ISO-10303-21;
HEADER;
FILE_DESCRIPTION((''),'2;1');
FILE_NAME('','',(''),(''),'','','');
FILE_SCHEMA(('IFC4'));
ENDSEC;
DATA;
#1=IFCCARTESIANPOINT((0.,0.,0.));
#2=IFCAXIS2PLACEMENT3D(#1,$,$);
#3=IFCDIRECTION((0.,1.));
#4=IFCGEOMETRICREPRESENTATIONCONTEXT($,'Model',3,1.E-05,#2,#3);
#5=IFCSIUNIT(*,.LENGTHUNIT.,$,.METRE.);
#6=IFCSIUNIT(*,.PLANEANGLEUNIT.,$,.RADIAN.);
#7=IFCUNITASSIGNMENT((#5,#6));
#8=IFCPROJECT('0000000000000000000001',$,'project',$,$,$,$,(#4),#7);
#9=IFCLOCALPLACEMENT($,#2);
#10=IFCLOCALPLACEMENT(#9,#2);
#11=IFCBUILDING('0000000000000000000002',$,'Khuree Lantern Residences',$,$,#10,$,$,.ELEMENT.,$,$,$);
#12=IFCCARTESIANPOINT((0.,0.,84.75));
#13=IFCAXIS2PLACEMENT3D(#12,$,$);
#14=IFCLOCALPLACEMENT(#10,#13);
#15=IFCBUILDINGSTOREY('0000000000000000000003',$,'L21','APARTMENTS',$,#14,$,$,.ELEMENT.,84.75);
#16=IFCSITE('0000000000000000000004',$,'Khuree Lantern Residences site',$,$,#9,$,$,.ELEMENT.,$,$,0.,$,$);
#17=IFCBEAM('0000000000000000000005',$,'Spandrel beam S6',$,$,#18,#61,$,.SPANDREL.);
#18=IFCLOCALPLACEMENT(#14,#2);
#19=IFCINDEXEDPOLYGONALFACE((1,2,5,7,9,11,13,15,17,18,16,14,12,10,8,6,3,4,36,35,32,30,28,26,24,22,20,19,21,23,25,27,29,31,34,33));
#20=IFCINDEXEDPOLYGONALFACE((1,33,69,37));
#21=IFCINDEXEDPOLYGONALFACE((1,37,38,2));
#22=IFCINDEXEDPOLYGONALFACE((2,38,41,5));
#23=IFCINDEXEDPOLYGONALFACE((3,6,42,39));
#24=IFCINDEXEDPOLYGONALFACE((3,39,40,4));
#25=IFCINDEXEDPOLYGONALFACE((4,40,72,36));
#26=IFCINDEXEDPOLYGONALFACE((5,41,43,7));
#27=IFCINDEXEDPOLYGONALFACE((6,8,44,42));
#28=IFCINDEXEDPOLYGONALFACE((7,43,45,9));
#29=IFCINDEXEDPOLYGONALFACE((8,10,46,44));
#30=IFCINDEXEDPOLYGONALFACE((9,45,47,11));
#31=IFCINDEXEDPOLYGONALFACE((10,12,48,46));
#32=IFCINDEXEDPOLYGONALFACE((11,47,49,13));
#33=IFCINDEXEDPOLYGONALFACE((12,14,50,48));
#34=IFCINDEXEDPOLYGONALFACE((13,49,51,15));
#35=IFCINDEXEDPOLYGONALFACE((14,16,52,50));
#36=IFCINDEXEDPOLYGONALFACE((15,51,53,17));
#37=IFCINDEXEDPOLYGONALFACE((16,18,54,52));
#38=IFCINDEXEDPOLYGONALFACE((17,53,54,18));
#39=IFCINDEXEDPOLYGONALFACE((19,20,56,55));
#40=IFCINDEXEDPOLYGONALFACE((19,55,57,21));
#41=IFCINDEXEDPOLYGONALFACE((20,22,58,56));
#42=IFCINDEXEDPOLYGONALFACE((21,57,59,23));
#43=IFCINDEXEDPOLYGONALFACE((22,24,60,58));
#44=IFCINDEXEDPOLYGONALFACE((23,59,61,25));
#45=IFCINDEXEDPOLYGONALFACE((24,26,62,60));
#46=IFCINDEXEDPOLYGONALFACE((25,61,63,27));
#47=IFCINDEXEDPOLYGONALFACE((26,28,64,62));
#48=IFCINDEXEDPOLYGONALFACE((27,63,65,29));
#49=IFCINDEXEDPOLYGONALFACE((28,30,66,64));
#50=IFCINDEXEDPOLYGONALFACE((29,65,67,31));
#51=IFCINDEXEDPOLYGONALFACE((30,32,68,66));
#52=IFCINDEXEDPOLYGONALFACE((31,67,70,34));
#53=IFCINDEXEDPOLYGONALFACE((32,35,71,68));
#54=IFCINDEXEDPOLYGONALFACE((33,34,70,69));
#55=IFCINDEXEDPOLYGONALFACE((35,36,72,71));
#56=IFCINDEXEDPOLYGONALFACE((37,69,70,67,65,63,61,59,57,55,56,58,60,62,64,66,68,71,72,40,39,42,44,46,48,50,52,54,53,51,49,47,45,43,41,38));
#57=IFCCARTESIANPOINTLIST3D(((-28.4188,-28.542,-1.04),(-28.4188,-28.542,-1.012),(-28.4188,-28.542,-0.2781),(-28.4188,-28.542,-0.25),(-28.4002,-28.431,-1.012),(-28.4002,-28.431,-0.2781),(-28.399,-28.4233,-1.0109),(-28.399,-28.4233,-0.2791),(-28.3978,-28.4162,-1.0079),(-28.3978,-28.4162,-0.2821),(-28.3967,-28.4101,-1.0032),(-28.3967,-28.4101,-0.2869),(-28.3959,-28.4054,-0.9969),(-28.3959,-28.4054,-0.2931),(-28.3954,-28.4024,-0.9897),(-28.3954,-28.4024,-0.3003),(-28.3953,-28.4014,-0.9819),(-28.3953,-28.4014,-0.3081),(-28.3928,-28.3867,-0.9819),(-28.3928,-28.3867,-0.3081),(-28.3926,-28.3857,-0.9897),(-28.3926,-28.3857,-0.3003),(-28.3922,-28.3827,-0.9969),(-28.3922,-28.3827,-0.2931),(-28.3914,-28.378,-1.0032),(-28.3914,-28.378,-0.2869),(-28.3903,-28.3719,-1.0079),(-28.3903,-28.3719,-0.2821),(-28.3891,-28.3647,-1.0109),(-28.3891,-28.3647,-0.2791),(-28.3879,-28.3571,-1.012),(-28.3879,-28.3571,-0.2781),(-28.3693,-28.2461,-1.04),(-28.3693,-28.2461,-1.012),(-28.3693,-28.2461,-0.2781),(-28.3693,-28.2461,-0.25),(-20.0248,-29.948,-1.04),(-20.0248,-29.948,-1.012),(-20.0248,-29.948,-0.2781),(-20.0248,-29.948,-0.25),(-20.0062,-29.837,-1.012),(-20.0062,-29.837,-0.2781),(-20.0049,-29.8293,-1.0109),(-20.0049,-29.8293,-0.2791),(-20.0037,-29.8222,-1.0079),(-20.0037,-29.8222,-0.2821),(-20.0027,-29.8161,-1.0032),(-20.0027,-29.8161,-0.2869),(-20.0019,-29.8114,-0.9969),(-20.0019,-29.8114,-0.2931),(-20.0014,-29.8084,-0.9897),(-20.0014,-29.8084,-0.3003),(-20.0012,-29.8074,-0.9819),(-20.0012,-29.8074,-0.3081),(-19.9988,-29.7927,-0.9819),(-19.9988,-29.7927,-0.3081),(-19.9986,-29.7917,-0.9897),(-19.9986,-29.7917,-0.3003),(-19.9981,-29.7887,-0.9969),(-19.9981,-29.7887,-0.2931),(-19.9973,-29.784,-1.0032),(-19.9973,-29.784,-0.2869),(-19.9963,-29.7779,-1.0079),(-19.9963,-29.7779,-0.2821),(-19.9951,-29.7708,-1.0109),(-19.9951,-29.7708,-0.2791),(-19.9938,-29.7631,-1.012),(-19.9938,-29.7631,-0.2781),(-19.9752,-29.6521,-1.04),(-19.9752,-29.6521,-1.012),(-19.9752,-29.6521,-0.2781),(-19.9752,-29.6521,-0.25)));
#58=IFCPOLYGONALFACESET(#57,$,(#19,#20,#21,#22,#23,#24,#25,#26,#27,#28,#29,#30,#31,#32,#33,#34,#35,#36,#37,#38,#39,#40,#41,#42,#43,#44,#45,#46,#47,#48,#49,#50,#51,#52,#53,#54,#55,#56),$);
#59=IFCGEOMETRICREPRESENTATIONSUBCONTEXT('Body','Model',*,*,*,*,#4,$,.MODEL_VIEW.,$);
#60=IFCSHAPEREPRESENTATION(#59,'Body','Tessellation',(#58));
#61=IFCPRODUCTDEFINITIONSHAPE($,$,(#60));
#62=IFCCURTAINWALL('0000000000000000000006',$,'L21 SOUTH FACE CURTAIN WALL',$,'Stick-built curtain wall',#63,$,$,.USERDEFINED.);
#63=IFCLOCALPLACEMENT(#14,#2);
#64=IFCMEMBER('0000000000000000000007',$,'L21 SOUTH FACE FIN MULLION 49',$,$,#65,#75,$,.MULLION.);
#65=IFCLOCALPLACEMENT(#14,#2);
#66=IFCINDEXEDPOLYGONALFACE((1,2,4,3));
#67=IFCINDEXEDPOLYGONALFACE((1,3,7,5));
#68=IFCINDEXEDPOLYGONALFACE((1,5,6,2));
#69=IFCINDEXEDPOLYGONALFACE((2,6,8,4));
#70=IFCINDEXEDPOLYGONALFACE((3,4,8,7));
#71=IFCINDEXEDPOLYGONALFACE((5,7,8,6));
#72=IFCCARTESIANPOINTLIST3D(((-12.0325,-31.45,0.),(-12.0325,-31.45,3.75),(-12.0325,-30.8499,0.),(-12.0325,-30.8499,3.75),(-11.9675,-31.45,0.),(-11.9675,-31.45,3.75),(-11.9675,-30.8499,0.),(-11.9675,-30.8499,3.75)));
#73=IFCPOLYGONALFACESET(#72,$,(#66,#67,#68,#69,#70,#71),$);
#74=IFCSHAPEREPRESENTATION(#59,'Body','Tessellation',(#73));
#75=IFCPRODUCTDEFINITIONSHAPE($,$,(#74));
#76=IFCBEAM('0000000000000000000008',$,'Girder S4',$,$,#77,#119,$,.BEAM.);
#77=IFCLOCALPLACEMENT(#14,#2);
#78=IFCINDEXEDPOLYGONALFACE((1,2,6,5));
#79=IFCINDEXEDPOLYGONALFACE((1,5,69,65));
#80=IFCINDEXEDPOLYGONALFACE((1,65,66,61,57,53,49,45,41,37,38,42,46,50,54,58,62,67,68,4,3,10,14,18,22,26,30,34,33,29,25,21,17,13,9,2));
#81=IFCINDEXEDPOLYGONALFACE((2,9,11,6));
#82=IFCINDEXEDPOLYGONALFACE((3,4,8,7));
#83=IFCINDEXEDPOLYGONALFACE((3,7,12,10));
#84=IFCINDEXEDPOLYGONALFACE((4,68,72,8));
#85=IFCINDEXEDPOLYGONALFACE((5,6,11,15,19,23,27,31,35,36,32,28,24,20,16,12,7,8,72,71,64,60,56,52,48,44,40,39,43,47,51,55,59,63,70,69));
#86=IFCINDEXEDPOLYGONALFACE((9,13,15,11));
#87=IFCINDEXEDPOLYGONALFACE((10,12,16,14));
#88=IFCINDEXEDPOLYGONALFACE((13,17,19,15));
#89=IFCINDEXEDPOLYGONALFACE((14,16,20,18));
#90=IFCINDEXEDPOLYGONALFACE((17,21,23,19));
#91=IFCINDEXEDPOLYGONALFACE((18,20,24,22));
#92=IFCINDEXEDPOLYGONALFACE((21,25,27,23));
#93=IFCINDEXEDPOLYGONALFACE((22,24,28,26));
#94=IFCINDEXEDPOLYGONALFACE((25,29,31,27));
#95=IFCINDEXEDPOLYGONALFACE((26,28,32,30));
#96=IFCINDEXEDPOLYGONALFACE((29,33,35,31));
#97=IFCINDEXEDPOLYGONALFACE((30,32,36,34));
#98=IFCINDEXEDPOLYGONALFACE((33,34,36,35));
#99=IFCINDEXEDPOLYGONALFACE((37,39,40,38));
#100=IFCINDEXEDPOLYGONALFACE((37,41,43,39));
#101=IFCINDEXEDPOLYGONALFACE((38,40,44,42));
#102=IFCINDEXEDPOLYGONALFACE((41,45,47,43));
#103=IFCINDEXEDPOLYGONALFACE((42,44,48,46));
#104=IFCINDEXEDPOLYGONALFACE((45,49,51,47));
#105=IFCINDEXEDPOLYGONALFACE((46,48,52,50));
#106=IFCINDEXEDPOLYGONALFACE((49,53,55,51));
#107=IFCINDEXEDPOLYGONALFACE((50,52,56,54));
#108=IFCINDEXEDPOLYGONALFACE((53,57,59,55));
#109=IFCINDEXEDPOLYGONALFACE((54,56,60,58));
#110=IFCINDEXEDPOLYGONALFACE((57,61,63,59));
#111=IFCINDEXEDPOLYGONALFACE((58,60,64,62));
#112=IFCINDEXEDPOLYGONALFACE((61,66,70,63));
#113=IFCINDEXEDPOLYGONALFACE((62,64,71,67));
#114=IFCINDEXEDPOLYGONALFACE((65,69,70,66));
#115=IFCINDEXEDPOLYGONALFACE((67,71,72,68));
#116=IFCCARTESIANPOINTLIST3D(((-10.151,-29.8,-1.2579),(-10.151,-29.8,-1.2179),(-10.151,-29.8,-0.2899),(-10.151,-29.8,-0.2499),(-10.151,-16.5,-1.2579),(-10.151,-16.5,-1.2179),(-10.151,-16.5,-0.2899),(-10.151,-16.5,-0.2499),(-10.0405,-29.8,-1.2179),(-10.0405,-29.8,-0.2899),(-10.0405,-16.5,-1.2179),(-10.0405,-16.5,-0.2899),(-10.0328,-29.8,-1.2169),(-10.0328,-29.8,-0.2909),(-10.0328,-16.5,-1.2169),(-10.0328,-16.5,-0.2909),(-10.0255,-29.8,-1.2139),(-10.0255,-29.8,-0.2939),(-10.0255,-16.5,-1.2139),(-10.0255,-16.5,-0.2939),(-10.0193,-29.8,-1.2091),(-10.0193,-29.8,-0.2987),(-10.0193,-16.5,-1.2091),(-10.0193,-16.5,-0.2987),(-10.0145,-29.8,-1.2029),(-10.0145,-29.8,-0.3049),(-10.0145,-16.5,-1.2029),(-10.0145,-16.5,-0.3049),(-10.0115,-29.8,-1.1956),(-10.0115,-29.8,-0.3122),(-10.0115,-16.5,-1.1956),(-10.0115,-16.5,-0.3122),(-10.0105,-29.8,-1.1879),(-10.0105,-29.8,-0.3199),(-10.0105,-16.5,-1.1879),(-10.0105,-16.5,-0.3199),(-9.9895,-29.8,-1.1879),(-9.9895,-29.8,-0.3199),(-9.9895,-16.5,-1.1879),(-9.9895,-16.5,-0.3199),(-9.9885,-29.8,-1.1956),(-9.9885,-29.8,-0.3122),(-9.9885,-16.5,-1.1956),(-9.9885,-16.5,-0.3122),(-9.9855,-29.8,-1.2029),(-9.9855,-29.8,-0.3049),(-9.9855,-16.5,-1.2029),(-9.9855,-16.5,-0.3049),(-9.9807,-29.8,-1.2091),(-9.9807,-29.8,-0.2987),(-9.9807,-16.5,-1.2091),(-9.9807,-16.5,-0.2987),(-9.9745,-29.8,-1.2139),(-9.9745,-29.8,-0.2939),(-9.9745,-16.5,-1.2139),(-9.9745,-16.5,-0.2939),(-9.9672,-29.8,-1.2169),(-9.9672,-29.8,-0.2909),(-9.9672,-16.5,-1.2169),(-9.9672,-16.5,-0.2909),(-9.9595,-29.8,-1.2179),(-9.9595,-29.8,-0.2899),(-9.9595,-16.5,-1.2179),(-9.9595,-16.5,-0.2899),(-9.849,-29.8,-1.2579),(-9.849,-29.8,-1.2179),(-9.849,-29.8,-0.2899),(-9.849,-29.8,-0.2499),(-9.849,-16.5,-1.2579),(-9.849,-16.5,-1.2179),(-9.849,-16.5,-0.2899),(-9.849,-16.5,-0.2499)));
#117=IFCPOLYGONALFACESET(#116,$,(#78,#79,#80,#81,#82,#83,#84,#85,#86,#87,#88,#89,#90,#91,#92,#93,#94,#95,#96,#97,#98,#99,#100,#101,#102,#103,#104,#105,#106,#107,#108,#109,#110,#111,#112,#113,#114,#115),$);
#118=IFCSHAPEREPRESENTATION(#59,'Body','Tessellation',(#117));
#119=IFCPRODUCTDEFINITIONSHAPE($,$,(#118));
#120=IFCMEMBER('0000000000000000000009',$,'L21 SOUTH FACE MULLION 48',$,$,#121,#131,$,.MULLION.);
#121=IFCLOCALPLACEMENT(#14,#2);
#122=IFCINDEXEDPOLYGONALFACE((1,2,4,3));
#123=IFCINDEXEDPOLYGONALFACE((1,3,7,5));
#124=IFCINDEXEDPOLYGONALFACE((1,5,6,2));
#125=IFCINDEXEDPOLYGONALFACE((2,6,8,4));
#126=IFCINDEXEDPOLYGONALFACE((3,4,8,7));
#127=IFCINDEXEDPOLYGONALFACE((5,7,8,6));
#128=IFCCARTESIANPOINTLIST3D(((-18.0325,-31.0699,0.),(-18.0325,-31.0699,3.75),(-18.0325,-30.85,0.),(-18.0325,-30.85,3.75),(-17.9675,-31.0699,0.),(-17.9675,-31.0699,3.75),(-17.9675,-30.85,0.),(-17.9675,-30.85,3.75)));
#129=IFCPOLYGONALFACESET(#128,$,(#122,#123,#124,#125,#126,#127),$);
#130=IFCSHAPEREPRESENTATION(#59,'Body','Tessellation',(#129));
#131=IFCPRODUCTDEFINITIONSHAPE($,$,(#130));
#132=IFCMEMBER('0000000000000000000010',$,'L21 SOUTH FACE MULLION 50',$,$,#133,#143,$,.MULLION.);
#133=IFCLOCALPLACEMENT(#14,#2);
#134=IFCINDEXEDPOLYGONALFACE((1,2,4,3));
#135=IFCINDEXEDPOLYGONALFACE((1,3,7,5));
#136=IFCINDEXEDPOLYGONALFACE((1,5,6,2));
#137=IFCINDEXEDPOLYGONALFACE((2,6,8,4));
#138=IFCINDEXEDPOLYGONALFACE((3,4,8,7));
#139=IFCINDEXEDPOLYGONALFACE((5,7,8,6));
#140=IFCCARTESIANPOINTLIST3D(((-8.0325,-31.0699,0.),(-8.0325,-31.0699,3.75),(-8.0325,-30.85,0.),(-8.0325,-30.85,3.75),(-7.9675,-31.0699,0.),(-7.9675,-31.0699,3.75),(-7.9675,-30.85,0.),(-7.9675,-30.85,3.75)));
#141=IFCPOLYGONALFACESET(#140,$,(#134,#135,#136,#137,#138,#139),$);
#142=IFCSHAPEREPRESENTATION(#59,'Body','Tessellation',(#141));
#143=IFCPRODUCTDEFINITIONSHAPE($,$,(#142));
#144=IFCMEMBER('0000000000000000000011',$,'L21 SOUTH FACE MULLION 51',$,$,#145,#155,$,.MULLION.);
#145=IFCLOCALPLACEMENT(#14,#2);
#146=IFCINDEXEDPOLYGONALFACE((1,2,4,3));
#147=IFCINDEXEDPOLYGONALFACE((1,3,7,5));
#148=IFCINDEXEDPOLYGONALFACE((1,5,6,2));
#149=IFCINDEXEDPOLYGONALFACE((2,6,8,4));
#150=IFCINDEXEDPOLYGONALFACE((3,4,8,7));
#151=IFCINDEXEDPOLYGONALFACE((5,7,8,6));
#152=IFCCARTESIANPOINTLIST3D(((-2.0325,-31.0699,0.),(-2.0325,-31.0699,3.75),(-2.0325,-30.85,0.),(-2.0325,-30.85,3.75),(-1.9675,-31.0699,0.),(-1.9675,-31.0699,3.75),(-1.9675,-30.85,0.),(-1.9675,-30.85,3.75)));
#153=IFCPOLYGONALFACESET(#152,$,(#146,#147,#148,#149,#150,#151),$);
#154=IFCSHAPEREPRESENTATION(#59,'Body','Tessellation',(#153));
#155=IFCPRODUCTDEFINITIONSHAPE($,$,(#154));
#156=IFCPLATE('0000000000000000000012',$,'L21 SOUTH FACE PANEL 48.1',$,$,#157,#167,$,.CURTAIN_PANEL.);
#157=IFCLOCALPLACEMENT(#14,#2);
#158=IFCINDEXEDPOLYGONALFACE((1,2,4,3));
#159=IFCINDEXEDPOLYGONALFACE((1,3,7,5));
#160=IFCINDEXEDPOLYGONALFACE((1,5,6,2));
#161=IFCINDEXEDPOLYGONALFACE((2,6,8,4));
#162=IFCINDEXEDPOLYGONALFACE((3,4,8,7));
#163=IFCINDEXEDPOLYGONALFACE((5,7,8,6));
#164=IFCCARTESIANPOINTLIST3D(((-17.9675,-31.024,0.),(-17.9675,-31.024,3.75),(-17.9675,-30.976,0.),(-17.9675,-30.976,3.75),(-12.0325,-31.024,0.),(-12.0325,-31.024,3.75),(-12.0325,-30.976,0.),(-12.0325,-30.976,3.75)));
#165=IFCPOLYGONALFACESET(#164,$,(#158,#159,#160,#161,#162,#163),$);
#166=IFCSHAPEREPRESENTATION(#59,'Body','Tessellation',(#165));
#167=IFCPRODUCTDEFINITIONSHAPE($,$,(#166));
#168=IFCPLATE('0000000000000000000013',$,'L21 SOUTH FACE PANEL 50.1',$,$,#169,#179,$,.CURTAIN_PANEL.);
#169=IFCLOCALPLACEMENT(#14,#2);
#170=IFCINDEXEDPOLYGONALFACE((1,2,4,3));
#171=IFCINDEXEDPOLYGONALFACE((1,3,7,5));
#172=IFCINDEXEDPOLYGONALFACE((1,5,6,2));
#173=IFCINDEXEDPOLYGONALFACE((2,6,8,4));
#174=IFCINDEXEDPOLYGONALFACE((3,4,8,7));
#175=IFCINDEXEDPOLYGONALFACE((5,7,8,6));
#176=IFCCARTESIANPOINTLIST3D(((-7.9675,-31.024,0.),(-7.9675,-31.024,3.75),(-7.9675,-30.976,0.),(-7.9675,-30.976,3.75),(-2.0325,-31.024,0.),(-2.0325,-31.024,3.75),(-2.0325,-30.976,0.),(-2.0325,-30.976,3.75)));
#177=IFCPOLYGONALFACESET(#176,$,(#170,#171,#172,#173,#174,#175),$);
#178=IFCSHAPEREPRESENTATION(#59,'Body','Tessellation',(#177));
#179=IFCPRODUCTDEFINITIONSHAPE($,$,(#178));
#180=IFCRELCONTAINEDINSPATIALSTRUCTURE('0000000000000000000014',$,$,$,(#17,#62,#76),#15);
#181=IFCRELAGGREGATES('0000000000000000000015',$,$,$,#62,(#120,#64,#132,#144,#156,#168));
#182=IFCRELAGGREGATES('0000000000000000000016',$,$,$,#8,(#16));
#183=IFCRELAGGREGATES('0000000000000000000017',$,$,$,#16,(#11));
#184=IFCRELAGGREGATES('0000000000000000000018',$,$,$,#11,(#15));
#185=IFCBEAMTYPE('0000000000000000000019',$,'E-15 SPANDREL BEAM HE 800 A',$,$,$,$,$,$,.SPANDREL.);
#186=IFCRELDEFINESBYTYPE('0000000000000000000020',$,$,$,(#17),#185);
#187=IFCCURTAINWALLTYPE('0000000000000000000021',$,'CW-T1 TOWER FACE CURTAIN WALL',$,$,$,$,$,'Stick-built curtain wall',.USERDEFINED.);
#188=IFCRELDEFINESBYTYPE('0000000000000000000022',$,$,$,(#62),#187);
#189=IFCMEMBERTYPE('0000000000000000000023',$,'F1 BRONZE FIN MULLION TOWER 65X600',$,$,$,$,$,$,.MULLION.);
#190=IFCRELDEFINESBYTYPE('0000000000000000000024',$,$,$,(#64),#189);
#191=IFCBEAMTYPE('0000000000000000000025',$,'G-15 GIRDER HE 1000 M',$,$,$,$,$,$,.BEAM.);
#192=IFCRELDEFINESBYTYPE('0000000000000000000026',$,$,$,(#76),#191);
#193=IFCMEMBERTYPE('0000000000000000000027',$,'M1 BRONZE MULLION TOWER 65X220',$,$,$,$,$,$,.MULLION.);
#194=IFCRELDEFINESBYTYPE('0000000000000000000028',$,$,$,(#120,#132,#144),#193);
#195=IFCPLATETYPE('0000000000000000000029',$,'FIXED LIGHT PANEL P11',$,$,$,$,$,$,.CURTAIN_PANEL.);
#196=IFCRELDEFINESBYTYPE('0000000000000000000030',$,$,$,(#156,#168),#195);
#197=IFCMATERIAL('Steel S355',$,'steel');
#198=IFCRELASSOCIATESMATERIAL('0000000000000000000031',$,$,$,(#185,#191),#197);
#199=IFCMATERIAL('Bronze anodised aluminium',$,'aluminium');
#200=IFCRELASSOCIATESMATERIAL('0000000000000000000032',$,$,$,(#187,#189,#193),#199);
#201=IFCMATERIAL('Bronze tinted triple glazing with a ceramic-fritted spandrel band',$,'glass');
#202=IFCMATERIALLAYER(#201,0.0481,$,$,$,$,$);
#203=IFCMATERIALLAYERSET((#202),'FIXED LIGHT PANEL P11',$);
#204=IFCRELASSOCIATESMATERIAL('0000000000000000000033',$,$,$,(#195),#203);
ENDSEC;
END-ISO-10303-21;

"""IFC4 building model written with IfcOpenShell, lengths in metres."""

from ifc_helpers import new_model, si_unit, direction, frame, origin, origin_2d, place, context, subcontext, project, spatial, rectangle, i_section, extrude, material, layer, layer_set, material_profile, profile_set, type_object, element, aggregate, save


model = new_model("IFC4")

# Units and contexts
model_context = context("Model", 3, precision=1e-05, world=origin(), true_north=direction((0.0, 1.0)))
body_context = subcontext(model_context, "Body", "Model", "MODEL_VIEW")
ifc_project = project(units=[si_unit("LENGTHUNIT", "METRE"), si_unit("PLANEANGLEUNIT", "RADIAN")], contexts=[model_context])

# Site, building, storey
site_placement = place(None, origin())
site = spatial("IfcSite", under=ifc_project, at=site_placement, Name="Khuree Lantern Residences site", CompositionType="ELEMENT", RefElevation=0.0)
building_placement = place(site_placement, origin())
building = spatial("IfcBuilding", under=site, at=building_placement, Name="Khuree Lantern Residences", CompositionType="ELEMENT")
storey_placement = place(building_placement, frame((0.0, 0.0, 84.75)))
storey = spatial("IfcBuildingStorey", under=building, at=storey_placement, Name="L21", Description="APARTMENTS", CompositionType="ELEMENT", Elevation=84.75)

# Beam
ifc_material_1 = material(Name="Steel S355", Category="steel")
ifc_material_profile_1 = material_profile(ifc_material_1, i_section(OverallWidth=0.3, OverallDepth=0.79, WebThickness=0.0149, FlangeThickness=0.0281, FilletRadius=0.03, at=origin_2d()), Name="HE 800 A")
ifc_profile_set_1 = profile_set([ifc_material_profile_1], Name="Steel S355")
beam_type_1 = type_object("IfcBeamType", Name="E-15 SPANDREL BEAM HE 800 A", PredefinedType="SPANDREL", material=ifc_profile_set_1)
beam_1_placement = place(storey_placement, frame((-20.0, -29.8, -0.645), z_axis=(-0.98626, 0.165199, 0.0), x_axis=(-0.165199, -0.98626, 0.0)))
element("IfcBeam", 1, at=beam_1_placement, inside=storey, type_object=beam_type_1, Name="Spandrel beam S6", PredefinedType="SPANDREL", context=body_context, shape_type="SweptSolid", body=[
    extrude(i_section(OverallWidth=0.3, OverallDepth=0.79, WebThickness=0.0149, FlangeThickness=0.0281, FilletRadius=0.03, at=origin_2d()), origin(), (0.0, 0.0, 1.0), 8.511),
])

# Curtain wall, member
ifc_material_2 = material(Name="Bronze anodised aluminium", Category="aluminium")
curtain_wall_type = type_object("IfcCurtainWallType", Name="CW-T1 TOWER FACE CURTAIN WALL", ElementType="Stick-built curtain wall", PredefinedType="USERDEFINED", material=ifc_material_2)
curtain_wall_placement = place(storey_placement, origin())
curtain_wall = element("IfcCurtainWall", 2, at=curtain_wall_placement, inside=storey, type_object=curtain_wall_type, Name="L21 SOUTH FACE CURTAIN WALL", ObjectType="Stick-built curtain wall", PredefinedType="USERDEFINED")
ifc_material_profile_2 = material_profile(ifc_material_2, rectangle(XDim=0.0649, YDim=0.6001, at=origin_2d()), Name="F1 65X600")
ifc_profile_set_2 = profile_set([ifc_material_profile_2], Name="Bronze anodised aluminium")
member_type_1 = type_object("IfcMemberType", Name="F1 BRONZE FIN MULLION TOWER 65X600", PredefinedType="MULLION", material=ifc_profile_set_2)
member_1_placement = place(storey_placement, frame((-12.0, -31.1499, 0.0), z_axis=(0.0, 0.0, 1.0), x_axis=(1.0, 0.0, 0.0)))
member_1 = element("IfcMember", 3, at=member_1_placement, type_object=member_type_1, Name="L21 SOUTH FACE FIN MULLION 49", PredefinedType="MULLION", context=body_context, shape_type="SweptSolid", body=[
    extrude(rectangle(XDim=0.0649, YDim=0.6001, at=origin_2d()), origin(), (0.0, 0.0, 1.0), 3.75),
])

# Beam
ifc_material_profile_3 = material_profile(ifc_material_1, i_section(OverallWidth=0.302, OverallDepth=1.0081, WebThickness=0.021, FlangeThickness=0.04, FilletRadius=0.03, at=origin_2d()), Name="HE 1000 M")
ifc_profile_set_3 = profile_set([ifc_material_profile_3], Name="Steel S355")
beam_type_2 = type_object("IfcBeamType", Name="G-15 GIRDER HE 1000 M", PredefinedType="BEAM", material=ifc_profile_set_3)
beam_2_placement = place(storey_placement, frame((-10.0, -29.8, -0.7539), z_axis=(0.0, 1.0, 0.0), x_axis=(-1.0, 0.0, 0.0)))
element("IfcBeam", 4, at=beam_2_placement, inside=storey, type_object=beam_type_2, Name="Girder S4", PredefinedType="BEAM", context=body_context, shape_type="SweptSolid", body=[
    extrude(i_section(OverallWidth=0.302, OverallDepth=1.0081, WebThickness=0.021, FlangeThickness=0.04, FilletRadius=0.03, at=origin_2d()), origin(), (0.0, 0.0, 1.0), 13.3),
])

# Members
ifc_material_profile_4 = material_profile(ifc_material_2, rectangle(XDim=0.0649, YDim=0.22, at=origin_2d()), Name="M1 65X220")
ifc_profile_set_4 = profile_set([ifc_material_profile_4], Name="Bronze anodised aluminium")
member_type_2 = type_object("IfcMemberType", Name="M1 BRONZE MULLION TOWER 65X220", PredefinedType="MULLION", material=ifc_profile_set_4)
member_2_placement = place(storey_placement, frame((-18.0, -30.96, 0.0), z_axis=(0.0, 0.0, 1.0), x_axis=(1.0, 0.0, 0.0)))
member_2 = element("IfcMember", 5, at=member_2_placement, type_object=member_type_2, Name="L21 SOUTH FACE MULLION 48", PredefinedType="MULLION", context=body_context, shape_type="SweptSolid", body=[
    extrude(rectangle(XDim=0.0649, YDim=0.22, at=origin_2d()), origin(), (0.0, 0.0, 1.0), 3.75),
])
member_3_placement = place(storey_placement, frame((-8.0, -30.96, 0.0), z_axis=(0.0, 0.0, 1.0), x_axis=(1.0, 0.0, 0.0)))
member_3 = element("IfcMember", 6, at=member_3_placement, type_object=member_type_2, Name="L21 SOUTH FACE MULLION 50", PredefinedType="MULLION", context=body_context, shape_type="SweptSolid", body=[
    extrude(rectangle(XDim=0.0649, YDim=0.22, at=origin_2d()), origin(), (0.0, 0.0, 1.0), 3.75),
])
member_4_placement = place(storey_placement, frame((-2.0, -30.96, 0.0), z_axis=(0.0, 0.0, 1.0), x_axis=(1.0, 0.0, 0.0)))
member_4 = element("IfcMember", 7, at=member_4_placement, type_object=member_type_2, Name="L21 SOUTH FACE MULLION 51", PredefinedType="MULLION", context=body_context, shape_type="SweptSolid", body=[
    extrude(rectangle(XDim=0.0649, YDim=0.22, at=origin_2d()), origin(), (0.0, 0.0, 1.0), 3.75),
])

# Plates
ifc_material_3 = material(Name="Bronze tinted triple glazing with a ceramic-fritted spandrel band", Category="glass")
ifc_layer_1 = layer(ifc_material_3, 0.0481)
ifc_layer_set_1 = layer_set([ifc_layer_1], Name="FIXED LIGHT PANEL P11")
plate_type_1 = type_object("IfcPlateType", Name="FIXED LIGHT PANEL P11", PredefinedType="CURTAIN_PANEL", material=ifc_layer_set_1)
plate_1_placement = place(storey_placement, frame((-15.0, -31.0, 0.0), z_axis=(0.0, 0.0, 1.0), x_axis=(1.0, 0.0, 0.0)))
plate_1 = element("IfcPlate", 8, at=plate_1_placement, type_object=plate_type_1, Name="L21 SOUTH FACE PANEL 48.1", PredefinedType="CURTAIN_PANEL", context=body_context, shape_type="SweptSolid", body=[
    extrude(rectangle(XDim=5.9351, YDim=0.0481, at=origin_2d()), origin(), (0.0, 0.0, 1.0), 3.75),
])
plate_2_placement = place(storey_placement, frame((-5.0, -31.0, 0.0), z_axis=(0.0, 0.0, 1.0), x_axis=(1.0, 0.0, 0.0)))
plate_2 = element("IfcPlate", 9, at=plate_2_placement, type_object=plate_type_1, Name="L21 SOUTH FACE PANEL 50.1", PredefinedType="CURTAIN_PANEL", context=body_context, shape_type="SweptSolid", body=[
    extrude(rectangle(XDim=5.9351, YDim=0.0481, at=origin_2d()), origin(), (0.0, 0.0, 1.0), 3.75),
])
aggregate(curtain_wall, [member_2, member_1, member_3, member_4, plate_1, plate_2])

save(model, "model.ifc")
